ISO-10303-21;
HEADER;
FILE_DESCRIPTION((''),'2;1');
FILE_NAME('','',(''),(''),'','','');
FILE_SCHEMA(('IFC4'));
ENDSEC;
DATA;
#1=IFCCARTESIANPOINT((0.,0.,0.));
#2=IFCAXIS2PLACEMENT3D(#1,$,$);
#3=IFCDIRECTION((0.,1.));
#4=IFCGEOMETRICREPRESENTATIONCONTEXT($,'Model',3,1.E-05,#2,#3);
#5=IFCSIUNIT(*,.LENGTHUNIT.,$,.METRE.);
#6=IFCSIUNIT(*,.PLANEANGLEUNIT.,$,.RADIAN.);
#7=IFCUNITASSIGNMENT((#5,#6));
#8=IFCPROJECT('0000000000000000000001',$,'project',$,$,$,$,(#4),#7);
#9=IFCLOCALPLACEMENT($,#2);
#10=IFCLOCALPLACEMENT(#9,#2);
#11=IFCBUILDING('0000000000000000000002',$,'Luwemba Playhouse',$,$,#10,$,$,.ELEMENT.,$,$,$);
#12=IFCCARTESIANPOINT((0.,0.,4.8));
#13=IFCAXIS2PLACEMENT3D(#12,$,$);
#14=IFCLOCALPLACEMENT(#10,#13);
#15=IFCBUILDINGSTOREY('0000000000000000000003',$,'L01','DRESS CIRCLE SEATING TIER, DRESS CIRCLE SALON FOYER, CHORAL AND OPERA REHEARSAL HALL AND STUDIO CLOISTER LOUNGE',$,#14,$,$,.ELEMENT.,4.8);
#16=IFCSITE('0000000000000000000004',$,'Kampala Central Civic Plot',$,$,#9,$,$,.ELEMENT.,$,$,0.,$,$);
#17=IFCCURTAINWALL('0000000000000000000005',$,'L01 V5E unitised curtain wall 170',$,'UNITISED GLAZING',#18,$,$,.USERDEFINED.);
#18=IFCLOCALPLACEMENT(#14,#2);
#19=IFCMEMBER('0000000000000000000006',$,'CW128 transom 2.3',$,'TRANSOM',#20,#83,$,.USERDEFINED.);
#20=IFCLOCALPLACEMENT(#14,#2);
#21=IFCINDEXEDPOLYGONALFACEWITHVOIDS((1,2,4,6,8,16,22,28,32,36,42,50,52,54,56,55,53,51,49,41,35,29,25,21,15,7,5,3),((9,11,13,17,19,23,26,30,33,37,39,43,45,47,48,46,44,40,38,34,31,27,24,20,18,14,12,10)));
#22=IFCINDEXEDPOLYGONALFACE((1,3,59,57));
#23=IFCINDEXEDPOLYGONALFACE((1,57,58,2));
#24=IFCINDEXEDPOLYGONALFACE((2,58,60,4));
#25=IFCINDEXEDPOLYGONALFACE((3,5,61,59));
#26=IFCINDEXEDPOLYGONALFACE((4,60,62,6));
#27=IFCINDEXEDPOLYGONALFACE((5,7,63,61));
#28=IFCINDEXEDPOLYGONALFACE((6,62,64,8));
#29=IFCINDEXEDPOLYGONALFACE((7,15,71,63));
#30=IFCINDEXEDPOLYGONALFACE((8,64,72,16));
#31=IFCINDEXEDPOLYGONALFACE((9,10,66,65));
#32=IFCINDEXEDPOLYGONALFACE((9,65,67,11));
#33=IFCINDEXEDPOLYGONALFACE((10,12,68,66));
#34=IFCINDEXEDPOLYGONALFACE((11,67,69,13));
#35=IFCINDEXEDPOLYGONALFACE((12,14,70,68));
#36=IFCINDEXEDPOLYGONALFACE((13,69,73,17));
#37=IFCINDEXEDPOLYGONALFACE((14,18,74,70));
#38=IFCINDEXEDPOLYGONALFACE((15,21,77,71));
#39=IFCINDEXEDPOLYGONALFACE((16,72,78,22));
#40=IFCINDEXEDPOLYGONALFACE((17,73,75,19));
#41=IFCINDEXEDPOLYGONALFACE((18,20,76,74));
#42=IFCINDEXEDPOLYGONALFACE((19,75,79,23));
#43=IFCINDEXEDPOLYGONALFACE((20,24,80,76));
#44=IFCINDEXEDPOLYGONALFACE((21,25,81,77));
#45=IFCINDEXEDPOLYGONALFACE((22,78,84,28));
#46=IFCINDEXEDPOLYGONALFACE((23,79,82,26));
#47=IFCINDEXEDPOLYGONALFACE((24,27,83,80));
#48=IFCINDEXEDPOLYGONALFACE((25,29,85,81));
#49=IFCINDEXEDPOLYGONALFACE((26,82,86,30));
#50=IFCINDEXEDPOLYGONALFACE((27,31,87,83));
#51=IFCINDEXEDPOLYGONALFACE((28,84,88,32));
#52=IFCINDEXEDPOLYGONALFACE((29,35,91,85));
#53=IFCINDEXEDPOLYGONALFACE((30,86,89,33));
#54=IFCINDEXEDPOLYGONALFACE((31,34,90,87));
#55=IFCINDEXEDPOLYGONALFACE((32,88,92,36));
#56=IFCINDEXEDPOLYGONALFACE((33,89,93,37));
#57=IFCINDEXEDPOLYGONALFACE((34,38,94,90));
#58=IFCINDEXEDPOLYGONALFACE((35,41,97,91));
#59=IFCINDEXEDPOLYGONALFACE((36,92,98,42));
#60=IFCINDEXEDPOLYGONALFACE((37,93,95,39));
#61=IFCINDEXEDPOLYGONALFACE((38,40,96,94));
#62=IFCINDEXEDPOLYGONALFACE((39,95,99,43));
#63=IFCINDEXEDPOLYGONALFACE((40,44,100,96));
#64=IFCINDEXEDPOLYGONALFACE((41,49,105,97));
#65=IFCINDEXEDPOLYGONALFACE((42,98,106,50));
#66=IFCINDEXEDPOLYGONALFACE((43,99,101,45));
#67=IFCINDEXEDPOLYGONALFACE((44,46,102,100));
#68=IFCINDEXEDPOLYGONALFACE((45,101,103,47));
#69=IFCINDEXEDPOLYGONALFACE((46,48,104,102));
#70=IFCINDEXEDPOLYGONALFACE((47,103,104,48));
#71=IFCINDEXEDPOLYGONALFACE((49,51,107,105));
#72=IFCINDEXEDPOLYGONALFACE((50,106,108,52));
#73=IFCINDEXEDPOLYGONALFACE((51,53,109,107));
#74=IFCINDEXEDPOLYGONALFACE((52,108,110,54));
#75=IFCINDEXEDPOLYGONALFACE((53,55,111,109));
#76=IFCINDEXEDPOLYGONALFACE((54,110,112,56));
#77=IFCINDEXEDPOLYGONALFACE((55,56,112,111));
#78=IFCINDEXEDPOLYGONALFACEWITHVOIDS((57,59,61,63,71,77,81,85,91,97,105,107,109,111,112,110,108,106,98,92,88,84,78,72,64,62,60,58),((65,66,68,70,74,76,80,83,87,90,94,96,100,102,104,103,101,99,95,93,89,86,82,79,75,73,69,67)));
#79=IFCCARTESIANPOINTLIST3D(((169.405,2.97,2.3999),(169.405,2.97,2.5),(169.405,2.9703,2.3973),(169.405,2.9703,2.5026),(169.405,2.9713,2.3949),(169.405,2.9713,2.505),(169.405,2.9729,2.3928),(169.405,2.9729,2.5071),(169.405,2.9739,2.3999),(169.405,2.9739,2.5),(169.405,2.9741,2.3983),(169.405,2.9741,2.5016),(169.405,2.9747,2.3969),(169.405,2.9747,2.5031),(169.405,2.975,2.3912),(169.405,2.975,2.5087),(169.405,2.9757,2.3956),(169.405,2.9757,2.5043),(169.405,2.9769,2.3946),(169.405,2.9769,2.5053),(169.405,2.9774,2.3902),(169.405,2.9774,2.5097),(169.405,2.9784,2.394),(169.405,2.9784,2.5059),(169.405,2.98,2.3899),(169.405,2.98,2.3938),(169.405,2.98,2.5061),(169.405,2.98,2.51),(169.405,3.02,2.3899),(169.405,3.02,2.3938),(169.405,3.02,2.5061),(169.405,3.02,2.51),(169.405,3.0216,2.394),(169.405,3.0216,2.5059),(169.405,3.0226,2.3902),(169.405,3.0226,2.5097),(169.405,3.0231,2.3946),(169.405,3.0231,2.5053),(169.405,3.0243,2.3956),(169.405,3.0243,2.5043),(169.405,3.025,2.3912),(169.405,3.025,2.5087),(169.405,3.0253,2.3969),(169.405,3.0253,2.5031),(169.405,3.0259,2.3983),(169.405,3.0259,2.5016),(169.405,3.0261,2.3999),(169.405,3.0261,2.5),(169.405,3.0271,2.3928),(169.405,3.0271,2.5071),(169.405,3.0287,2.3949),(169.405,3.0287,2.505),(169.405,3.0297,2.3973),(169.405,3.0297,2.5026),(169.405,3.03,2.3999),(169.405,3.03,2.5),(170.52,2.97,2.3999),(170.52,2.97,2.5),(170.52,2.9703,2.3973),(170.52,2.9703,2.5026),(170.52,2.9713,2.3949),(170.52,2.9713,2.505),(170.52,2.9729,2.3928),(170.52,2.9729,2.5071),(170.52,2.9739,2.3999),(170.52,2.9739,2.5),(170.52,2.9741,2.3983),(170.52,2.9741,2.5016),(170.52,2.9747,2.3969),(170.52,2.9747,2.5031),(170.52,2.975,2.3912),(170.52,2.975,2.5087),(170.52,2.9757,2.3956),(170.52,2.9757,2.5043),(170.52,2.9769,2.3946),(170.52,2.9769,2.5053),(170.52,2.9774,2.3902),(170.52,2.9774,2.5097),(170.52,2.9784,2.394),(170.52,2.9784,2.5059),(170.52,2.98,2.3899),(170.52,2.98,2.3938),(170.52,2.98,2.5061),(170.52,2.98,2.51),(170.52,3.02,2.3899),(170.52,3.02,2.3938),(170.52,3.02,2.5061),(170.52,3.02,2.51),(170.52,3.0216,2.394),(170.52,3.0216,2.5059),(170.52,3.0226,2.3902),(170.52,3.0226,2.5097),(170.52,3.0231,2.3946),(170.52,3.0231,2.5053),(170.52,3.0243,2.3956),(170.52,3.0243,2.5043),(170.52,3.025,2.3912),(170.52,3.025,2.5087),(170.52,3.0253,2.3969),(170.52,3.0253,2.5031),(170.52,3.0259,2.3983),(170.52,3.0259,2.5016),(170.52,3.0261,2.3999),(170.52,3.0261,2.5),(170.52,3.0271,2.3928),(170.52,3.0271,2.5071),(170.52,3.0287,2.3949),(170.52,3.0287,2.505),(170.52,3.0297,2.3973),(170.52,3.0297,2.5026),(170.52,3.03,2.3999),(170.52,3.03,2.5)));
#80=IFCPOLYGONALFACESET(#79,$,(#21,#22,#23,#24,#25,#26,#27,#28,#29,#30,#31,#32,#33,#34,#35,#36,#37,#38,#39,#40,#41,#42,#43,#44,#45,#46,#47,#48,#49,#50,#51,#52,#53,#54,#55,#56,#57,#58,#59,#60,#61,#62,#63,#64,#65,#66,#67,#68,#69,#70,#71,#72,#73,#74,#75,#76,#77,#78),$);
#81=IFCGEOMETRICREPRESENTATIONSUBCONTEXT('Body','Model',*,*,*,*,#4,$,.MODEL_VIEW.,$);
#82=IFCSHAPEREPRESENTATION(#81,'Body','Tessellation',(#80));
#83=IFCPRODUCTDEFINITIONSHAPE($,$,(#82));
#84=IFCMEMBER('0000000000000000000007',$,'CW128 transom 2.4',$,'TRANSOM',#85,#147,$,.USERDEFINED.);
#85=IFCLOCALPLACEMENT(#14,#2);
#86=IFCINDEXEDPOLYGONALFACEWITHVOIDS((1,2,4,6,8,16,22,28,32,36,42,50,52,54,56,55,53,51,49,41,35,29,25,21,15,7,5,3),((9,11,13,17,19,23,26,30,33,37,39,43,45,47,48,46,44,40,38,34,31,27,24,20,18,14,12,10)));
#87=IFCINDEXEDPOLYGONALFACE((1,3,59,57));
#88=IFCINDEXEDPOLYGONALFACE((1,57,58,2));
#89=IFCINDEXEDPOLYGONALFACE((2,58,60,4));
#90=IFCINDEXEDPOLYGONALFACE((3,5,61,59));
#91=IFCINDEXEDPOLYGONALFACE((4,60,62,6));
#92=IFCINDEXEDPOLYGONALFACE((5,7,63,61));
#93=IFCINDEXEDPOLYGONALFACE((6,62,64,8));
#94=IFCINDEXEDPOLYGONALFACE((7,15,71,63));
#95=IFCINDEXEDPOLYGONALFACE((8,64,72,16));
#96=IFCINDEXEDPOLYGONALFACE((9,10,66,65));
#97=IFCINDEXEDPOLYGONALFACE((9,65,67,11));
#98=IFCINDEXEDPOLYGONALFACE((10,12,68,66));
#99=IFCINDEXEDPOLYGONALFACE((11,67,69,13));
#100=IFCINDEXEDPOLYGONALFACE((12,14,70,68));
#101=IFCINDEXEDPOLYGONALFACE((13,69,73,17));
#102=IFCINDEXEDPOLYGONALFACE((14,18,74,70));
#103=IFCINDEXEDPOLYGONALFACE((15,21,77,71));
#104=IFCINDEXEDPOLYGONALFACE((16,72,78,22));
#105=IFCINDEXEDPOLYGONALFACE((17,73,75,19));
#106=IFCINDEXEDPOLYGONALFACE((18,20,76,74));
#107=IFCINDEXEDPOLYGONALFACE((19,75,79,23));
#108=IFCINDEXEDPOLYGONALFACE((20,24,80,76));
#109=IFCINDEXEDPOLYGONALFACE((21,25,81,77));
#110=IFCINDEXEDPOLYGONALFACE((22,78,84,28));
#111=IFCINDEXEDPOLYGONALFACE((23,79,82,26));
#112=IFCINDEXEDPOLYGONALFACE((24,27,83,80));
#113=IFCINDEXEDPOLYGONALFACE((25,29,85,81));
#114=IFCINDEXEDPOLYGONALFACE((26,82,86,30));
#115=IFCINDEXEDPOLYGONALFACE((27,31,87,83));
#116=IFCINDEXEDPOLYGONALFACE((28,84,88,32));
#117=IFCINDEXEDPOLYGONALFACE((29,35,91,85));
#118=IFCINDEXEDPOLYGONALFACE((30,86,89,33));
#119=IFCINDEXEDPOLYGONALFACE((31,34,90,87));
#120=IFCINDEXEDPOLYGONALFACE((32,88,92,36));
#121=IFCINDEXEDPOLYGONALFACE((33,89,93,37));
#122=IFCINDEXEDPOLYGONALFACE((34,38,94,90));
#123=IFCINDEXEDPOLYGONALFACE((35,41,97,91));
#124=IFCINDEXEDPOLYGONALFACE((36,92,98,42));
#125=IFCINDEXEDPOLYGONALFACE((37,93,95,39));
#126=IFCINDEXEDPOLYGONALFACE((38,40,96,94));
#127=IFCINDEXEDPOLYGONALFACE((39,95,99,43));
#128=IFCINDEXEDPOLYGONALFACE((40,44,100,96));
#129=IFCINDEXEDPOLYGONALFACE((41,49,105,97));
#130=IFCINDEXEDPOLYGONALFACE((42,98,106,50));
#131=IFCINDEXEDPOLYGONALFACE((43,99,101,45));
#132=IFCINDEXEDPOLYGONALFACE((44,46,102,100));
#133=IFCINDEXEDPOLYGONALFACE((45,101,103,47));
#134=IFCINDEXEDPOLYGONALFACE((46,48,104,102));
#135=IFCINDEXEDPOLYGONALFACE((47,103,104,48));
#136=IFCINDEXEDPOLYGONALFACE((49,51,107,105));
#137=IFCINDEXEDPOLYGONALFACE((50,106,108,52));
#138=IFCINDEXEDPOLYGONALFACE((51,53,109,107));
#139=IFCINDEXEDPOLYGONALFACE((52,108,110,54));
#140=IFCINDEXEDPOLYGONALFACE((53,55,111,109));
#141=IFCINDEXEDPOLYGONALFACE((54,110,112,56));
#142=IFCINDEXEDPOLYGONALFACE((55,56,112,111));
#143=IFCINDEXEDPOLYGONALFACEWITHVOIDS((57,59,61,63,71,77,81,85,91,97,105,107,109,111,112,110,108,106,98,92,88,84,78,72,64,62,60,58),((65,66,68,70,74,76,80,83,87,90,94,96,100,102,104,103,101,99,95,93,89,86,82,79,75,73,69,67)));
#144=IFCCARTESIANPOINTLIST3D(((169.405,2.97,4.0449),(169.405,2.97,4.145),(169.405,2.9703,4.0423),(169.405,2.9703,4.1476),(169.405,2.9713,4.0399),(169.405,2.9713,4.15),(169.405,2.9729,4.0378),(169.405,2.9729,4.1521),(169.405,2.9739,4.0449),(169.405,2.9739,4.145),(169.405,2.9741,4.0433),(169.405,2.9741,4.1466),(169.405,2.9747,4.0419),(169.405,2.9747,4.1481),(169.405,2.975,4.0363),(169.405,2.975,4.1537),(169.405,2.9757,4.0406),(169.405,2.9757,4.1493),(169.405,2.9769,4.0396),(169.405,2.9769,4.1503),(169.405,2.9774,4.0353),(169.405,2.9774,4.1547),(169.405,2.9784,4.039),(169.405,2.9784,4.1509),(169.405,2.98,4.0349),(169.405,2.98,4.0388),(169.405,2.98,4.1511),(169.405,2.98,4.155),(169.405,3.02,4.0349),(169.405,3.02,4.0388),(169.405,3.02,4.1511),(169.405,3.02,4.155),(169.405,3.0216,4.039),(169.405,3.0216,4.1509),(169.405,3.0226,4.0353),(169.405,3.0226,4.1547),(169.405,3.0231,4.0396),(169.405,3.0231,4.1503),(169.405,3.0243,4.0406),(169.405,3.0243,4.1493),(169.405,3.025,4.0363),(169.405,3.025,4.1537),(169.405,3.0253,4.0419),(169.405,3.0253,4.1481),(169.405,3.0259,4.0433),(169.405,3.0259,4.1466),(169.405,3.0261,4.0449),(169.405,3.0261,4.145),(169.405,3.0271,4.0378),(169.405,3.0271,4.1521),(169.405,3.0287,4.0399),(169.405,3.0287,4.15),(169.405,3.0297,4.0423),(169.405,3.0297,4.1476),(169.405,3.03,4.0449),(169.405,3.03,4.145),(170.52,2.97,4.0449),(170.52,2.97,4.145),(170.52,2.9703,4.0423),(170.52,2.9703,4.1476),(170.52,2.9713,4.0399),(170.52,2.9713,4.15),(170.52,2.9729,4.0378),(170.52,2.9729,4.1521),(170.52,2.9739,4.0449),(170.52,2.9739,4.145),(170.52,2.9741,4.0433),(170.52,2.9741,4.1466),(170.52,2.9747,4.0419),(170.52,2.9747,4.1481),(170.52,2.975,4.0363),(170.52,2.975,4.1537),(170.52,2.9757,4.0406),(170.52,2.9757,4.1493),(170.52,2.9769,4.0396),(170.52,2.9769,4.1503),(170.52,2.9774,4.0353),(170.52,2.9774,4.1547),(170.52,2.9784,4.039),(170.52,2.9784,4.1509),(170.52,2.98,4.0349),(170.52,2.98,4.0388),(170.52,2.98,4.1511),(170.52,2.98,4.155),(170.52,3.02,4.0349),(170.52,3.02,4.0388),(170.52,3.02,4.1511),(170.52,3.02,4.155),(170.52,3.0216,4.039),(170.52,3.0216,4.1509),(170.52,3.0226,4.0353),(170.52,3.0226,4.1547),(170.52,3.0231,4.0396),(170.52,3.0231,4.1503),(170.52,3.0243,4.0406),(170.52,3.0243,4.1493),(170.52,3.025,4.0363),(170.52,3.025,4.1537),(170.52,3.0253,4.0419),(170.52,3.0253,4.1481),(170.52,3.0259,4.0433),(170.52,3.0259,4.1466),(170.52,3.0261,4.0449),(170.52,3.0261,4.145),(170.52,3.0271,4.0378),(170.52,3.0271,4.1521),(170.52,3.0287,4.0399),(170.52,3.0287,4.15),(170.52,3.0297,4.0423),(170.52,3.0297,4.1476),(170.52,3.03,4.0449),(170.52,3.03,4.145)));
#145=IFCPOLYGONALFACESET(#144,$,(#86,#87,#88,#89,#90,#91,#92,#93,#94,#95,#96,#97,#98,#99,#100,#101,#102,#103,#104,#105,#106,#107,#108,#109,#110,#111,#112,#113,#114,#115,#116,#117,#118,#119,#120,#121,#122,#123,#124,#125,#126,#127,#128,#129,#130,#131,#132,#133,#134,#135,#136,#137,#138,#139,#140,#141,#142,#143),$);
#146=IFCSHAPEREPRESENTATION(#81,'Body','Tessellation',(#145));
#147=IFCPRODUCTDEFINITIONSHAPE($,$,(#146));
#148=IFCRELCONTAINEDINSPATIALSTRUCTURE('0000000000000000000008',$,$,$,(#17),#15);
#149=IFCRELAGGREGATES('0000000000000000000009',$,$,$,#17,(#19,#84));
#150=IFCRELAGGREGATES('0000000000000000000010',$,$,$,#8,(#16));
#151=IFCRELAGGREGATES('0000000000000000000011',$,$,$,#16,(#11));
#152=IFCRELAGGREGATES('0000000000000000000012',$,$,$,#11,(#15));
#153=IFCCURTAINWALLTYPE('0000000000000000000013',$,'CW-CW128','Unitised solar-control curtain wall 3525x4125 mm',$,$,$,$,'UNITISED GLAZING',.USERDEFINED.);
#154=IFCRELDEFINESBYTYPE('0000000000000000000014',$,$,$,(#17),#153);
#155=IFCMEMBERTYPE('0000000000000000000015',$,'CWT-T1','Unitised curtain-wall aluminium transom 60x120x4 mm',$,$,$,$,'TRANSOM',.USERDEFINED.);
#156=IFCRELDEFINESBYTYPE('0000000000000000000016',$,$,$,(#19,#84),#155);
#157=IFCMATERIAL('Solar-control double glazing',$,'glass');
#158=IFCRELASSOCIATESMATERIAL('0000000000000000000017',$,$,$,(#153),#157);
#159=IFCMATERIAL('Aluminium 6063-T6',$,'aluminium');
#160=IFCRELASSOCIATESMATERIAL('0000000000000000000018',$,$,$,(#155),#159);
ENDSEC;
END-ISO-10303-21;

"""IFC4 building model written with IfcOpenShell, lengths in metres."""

from ifc_helpers import new_model, si_unit, direction, frame, origin, origin_2d, place, context, subcontext, project, spatial, hollow_rectangle, extrude, material, material_profile, profile_set, type_object, element, aggregate, save


model = new_model("IFC4")

# Units and contexts
model_context = context("Model", 3, precision=1e-05, world=origin(), true_north=direction((0.0, 1.0)))
body_context = subcontext(model_context, "Body", "Model", "MODEL_VIEW")
ifc_project = project(units=[si_unit("LENGTHUNIT", "METRE"), si_unit("PLANEANGLEUNIT", "RADIAN")], contexts=[model_context])

# Site, building, storey
site_placement = place(None, origin())
site = spatial("IfcSite", under=ifc_project, at=site_placement, Name="Kampala Central Civic Plot", CompositionType="ELEMENT", RefElevation=0.0)
building_placement = place(site_placement, origin())
building = spatial("IfcBuilding", under=site, at=building_placement, Name="Luwemba Playhouse", CompositionType="ELEMENT")
storey_placement = place(building_placement, frame((0.0, 0.0, 4.8)))
storey = spatial("IfcBuildingStorey", under=building, at=storey_placement, Name="L01", Description="DRESS CIRCLE SEATING TIER, DRESS CIRCLE SALON FOYER, CHORAL AND OPERA REHEARSAL HALL AND STUDIO CLOISTER LOUNGE", CompositionType="ELEMENT", Elevation=4.8)

# Curtain wall
ifc_material_1 = material(Name="Solar-control double glazing", Category="glass")
curtain_wall_type_1 = type_object("IfcCurtainWallType", Name="CW-CW128", Description="Unitised solar-control curtain wall 3525x4125 mm", ElementType="UNITISED GLAZING", PredefinedType="USERDEFINED", material=ifc_material_1)
curtain_wall_1_placement = place(storey_placement, origin())
curtain_wall_1 = element("IfcCurtainWall", 1, at=curtain_wall_1_placement, inside=storey, type_object=curtain_wall_type_1, Name="L01 V5E unitised curtain wall 170", ObjectType="UNITISED GLAZING", PredefinedType="USERDEFINED")
ifc_material_2 = material(Name="Aluminium 6063-T6", Category="aluminium")

# Members
ifc_material_profile_1 = material_profile(ifc_material_2, hollow_rectangle(XDim=0.0601, YDim=0.1201, WallThickness=0.0039, InnerFilletRadius=0.0061, OuterFilletRadius=0.01, at=origin_2d()))
ifc_profile_set_1 = profile_set([ifc_material_profile_1], Name="Aluminium 6063-T6")
member_type_1 = type_object("IfcMemberType", Name="CWT-T1", Description="Unitised curtain-wall aluminium transom 60x120x4 mm", ElementType="TRANSOM", PredefinedType="USERDEFINED", material=ifc_profile_set_1)
member_1_placement = place(storey_placement, frame((170.52, 3.0, 2.45), z_axis=(-1.0, 0.0, 0.0), x_axis=(0.0, -1.0, 0.0)))
member_1 = element("IfcMember", 2, at=member_1_placement, type_object=member_type_1, Name="CW128 transom 2.3", ObjectType="TRANSOM", PredefinedType="USERDEFINED", context=body_context, shape_type="SweptSolid", body=[
    extrude(hollow_rectangle(XDim=0.0601, YDim=0.1201, WallThickness=0.0039, InnerFilletRadius=0.0061, OuterFilletRadius=0.01, at=origin_2d()), origin(), (0.0, 0.0, 1.0), 1.115),
])
member_2_placement = place(storey_placement, frame((170.52, 3.0, 4.095), z_axis=(-1.0, 0.0, 0.0), x_axis=(0.0, -1.0, 0.0)))
member_2 = element("IfcMember", 3, at=member_2_placement, type_object=member_type_1, Name="CW128 transom 2.4", ObjectType="TRANSOM", PredefinedType="USERDEFINED", context=body_context, shape_type="SweptSolid", body=[
    extrude(hollow_rectangle(XDim=0.0601, YDim=0.1201, WallThickness=0.0039, InnerFilletRadius=0.0061, OuterFilletRadius=0.01, at=origin_2d()), origin(), (0.0, 0.0, 1.0), 1.115),
])

aggregate(curtain_wall_1, [member_1, member_2])

save(model, "model.ifc")
